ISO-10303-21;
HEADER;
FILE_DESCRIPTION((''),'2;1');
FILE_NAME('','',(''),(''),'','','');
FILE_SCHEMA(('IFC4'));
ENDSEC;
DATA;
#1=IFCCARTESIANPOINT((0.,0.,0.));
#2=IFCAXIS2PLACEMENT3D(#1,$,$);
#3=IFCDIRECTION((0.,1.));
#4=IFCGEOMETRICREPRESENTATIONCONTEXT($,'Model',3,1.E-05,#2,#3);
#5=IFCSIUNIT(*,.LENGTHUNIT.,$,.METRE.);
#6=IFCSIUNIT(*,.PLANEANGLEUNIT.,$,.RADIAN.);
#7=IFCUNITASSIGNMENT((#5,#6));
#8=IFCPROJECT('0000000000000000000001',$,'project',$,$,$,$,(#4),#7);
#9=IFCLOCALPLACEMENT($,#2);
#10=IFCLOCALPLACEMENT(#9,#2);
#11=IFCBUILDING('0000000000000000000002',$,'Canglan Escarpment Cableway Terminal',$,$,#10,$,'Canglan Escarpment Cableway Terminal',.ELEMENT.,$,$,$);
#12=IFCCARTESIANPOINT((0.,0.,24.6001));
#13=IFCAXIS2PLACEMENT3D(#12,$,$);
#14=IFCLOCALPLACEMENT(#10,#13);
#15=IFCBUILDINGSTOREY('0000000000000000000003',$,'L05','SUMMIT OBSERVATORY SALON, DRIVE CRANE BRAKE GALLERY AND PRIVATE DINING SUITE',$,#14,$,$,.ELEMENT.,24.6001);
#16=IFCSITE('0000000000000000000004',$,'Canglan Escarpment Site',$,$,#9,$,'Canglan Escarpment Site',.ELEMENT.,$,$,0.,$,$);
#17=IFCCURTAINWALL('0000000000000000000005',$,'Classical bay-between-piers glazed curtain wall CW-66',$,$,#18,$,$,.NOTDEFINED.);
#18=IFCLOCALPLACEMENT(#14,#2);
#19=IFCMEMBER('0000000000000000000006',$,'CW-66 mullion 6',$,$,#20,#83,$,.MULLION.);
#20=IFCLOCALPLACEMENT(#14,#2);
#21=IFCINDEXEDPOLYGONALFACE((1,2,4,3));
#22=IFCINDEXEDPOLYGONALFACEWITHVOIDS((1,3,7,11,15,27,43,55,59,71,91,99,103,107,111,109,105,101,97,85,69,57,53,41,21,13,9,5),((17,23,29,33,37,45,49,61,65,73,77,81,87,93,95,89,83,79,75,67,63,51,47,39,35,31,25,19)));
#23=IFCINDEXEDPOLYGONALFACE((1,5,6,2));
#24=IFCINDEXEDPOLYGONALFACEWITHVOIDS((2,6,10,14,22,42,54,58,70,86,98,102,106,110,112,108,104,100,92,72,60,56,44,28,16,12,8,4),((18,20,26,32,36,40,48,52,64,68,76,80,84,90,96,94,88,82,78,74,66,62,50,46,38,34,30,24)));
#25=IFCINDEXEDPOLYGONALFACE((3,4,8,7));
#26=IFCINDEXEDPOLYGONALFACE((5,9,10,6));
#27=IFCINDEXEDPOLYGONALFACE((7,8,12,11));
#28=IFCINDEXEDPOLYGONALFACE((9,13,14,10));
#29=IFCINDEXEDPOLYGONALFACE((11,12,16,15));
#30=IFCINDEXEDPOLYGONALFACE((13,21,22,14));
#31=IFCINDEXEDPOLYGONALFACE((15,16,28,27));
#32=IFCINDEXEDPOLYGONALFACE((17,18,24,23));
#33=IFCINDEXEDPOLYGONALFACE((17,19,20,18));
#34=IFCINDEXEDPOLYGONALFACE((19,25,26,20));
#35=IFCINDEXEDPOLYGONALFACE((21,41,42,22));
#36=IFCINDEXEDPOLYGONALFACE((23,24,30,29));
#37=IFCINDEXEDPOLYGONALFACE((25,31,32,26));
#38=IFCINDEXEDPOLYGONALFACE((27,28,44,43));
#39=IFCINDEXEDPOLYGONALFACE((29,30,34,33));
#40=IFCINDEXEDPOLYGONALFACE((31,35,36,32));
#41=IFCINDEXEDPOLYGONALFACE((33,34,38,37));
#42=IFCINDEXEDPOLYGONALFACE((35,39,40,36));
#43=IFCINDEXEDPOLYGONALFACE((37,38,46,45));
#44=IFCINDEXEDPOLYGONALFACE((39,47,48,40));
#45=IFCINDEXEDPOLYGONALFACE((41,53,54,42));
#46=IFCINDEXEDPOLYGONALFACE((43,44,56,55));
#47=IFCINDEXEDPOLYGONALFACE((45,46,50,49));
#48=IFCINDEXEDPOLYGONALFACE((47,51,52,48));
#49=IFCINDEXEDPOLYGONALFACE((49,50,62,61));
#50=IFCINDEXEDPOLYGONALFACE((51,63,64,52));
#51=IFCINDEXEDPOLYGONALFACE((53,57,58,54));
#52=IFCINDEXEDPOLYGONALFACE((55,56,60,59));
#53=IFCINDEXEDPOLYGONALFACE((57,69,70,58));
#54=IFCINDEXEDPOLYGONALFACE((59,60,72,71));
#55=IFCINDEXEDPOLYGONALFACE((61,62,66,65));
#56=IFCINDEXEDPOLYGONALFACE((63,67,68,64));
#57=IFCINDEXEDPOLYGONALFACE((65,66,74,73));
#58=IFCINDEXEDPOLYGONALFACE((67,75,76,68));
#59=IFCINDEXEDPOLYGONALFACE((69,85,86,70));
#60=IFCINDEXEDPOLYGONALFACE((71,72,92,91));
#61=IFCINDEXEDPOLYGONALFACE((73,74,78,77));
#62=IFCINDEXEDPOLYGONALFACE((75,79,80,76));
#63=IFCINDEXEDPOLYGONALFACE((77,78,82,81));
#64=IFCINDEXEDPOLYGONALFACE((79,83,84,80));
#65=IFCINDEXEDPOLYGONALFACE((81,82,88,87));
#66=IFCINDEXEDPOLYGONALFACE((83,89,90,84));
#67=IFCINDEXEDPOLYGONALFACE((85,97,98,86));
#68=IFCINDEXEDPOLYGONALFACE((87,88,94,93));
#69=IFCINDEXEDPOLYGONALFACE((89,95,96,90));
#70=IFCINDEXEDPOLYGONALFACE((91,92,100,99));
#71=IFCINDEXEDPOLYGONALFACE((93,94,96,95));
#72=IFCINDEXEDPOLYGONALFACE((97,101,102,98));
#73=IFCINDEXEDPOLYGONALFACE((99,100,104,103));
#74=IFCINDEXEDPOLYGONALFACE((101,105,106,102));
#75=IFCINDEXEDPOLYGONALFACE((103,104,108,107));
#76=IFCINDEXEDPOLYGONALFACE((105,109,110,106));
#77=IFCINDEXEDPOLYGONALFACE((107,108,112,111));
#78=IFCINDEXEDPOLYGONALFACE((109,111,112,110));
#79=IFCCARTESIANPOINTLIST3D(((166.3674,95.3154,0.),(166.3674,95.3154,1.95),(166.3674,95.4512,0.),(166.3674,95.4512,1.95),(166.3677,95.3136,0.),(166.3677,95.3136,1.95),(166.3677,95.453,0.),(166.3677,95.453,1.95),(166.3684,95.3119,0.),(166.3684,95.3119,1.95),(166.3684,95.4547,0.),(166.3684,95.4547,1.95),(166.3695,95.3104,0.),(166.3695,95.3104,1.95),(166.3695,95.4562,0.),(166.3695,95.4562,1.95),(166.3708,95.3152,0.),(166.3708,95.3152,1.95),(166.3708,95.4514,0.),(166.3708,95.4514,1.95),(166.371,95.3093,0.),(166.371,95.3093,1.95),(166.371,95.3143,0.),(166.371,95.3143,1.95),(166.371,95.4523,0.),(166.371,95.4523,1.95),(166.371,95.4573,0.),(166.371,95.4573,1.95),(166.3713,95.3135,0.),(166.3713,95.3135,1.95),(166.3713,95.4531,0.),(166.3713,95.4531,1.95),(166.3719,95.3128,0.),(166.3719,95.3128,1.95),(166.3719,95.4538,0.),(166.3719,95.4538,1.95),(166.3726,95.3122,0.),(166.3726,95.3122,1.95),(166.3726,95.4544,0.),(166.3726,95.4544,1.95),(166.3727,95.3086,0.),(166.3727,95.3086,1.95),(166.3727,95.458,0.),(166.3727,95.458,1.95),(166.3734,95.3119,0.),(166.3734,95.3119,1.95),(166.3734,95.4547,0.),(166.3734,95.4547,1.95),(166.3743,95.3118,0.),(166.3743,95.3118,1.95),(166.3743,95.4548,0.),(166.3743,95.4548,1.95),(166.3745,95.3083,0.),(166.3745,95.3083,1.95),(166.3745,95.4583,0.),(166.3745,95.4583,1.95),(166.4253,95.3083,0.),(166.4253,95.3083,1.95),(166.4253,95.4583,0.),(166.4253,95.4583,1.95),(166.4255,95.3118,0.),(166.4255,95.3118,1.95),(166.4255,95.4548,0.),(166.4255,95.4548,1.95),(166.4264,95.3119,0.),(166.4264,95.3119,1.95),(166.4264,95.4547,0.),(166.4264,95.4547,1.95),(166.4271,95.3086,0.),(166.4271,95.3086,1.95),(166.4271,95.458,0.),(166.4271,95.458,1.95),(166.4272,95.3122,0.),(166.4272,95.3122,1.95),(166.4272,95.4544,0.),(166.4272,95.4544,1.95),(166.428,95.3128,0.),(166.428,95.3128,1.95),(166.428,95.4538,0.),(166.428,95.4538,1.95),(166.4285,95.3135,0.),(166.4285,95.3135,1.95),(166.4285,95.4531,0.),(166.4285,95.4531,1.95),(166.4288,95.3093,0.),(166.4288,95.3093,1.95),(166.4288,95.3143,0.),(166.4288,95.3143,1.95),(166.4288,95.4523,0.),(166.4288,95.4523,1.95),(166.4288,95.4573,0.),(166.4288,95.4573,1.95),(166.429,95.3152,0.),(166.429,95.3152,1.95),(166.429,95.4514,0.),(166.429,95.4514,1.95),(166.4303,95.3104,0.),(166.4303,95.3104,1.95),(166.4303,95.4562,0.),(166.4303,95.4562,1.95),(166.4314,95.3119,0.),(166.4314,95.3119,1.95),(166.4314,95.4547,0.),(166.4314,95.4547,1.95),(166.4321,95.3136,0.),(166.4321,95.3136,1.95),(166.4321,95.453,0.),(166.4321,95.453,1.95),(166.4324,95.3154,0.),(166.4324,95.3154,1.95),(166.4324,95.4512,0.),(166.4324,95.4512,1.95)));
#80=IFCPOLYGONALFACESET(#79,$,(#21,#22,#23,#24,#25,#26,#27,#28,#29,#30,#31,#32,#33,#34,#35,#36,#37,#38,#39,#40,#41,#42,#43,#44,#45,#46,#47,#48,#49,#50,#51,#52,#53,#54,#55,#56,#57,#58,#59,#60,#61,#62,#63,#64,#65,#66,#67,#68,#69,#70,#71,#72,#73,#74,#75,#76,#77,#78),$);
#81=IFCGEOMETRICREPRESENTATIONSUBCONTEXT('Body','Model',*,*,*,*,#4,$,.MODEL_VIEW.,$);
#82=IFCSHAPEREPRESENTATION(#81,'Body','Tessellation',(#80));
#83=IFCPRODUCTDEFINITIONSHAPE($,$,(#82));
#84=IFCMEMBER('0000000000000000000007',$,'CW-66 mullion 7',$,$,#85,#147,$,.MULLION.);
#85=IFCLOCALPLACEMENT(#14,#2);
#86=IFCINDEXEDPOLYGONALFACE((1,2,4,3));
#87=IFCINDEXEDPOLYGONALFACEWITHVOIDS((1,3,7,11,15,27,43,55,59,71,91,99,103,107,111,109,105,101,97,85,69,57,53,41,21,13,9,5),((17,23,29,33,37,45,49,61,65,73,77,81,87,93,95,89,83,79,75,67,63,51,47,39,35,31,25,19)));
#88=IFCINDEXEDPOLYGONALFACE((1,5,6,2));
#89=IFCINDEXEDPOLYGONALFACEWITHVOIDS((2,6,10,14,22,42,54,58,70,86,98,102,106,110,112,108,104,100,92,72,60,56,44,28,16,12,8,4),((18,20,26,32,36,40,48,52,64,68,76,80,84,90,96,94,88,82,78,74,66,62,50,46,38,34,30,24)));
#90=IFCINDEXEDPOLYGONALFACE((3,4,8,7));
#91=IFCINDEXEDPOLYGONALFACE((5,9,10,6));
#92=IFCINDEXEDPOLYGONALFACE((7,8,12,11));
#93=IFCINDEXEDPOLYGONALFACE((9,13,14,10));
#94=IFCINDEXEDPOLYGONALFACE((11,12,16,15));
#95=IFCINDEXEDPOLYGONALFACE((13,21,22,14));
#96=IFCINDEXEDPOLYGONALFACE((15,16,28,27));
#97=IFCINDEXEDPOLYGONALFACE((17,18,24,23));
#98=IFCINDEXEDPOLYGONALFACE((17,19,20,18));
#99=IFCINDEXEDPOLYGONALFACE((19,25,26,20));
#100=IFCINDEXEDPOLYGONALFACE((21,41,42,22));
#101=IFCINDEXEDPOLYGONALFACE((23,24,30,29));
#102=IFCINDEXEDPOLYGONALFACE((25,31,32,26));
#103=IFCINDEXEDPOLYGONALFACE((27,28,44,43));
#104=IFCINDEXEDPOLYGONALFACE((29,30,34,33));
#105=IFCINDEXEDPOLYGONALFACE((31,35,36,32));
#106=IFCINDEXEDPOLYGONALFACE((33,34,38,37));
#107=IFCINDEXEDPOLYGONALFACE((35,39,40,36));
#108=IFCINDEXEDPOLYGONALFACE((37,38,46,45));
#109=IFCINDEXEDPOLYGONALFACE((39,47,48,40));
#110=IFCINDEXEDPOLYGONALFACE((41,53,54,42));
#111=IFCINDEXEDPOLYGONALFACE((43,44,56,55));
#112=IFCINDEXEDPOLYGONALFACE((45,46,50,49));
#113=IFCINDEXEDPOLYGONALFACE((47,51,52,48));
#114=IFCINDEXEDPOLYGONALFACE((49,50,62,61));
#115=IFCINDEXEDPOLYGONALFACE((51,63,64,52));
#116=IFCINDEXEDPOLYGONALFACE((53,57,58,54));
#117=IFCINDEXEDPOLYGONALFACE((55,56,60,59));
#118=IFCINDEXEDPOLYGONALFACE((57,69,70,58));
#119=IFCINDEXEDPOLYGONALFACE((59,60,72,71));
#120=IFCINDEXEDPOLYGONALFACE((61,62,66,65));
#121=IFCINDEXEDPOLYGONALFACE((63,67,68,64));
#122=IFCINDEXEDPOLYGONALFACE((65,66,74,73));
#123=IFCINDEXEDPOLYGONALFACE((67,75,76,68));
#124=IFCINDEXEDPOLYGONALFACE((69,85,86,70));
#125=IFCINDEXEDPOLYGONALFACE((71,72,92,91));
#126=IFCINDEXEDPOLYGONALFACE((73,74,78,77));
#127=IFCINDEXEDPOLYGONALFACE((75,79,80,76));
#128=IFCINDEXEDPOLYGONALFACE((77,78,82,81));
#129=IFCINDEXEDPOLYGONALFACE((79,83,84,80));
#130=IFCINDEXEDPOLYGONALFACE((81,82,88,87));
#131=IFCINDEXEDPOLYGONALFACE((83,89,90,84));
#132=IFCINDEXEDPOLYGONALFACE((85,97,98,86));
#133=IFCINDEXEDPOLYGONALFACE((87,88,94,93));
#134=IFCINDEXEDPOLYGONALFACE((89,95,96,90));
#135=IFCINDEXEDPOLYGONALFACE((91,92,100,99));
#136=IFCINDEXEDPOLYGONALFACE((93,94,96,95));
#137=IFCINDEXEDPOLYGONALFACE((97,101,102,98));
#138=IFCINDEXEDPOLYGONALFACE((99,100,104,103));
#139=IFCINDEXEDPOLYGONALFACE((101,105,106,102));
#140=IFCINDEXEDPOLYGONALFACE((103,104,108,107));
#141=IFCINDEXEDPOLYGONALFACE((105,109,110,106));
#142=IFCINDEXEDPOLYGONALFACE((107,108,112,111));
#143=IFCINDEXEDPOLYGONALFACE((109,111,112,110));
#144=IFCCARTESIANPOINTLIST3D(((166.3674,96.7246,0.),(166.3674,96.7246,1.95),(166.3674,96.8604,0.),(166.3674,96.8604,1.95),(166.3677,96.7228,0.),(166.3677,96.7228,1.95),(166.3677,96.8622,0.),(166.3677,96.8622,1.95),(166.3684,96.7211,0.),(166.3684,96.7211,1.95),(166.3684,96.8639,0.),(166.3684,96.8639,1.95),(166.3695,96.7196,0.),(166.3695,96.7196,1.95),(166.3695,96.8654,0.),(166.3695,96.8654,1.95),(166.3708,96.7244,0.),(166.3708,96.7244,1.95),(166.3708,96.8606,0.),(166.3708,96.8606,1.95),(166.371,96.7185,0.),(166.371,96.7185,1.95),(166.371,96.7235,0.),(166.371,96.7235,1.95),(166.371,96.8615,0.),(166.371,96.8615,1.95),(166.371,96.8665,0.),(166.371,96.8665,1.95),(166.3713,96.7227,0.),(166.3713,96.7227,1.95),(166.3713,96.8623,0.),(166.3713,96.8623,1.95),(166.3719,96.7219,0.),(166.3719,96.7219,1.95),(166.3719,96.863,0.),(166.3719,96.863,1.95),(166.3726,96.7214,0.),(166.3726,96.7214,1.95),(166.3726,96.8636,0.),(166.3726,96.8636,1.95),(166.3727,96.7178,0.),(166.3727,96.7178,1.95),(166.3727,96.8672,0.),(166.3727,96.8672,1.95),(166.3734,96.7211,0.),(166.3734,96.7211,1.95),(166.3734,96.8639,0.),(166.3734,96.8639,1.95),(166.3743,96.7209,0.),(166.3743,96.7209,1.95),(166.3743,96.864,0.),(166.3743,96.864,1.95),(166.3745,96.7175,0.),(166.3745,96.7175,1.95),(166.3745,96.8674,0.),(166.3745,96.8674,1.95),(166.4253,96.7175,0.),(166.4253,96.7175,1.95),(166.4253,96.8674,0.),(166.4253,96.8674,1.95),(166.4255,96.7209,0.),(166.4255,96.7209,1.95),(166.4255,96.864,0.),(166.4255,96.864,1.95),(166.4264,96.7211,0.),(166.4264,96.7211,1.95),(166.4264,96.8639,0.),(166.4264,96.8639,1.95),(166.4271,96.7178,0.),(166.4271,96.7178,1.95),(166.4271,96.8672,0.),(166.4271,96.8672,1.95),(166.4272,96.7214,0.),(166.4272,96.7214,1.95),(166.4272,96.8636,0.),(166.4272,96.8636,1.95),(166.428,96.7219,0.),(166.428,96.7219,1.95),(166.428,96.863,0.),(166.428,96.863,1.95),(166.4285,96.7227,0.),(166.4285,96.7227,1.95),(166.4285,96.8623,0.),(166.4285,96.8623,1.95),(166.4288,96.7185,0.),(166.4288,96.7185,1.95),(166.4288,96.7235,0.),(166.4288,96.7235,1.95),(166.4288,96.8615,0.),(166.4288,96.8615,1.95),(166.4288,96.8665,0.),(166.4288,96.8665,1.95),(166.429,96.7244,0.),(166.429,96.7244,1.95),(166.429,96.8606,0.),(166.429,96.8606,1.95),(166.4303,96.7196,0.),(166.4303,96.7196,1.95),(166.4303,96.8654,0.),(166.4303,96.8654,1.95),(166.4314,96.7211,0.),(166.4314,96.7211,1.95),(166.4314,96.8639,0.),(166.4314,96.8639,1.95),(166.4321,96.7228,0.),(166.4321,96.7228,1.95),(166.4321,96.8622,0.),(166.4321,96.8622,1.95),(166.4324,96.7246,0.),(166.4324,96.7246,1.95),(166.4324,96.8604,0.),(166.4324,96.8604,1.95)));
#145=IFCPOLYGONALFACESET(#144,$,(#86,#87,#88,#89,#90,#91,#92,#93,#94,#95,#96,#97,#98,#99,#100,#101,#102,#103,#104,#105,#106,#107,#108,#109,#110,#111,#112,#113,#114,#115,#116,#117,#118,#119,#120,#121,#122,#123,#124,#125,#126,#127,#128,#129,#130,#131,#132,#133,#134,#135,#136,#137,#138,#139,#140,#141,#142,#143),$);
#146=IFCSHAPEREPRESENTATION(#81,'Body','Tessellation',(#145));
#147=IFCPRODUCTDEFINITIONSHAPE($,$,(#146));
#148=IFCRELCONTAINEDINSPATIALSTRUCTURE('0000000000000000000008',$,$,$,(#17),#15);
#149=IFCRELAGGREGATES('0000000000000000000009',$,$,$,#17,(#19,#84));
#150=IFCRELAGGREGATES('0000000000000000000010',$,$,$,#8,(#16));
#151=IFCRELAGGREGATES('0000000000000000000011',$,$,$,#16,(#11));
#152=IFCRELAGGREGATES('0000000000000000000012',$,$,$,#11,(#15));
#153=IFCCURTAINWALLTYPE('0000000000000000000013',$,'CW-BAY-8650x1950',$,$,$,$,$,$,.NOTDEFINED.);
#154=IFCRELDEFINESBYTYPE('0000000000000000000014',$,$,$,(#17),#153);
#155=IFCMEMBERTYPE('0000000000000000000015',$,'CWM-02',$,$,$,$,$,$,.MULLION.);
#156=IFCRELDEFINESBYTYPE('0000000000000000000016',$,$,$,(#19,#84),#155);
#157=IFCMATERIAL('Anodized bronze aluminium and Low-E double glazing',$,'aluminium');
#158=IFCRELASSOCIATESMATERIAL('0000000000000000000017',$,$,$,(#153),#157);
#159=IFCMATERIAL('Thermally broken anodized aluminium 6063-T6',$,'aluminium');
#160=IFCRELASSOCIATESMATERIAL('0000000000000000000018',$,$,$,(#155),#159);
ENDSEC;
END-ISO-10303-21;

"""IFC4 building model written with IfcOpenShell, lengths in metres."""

from ifc_helpers import new_model, si_unit, direction, frame, origin, origin_2d, place, context, subcontext, project, spatial, hollow_rectangle, extrude, material, material_profile, profile_set, type_object, element, aggregate, save


model = new_model("IFC4")

# Units and contexts
model_context = context("Model", 3, precision=1e-05, world=origin(), true_north=direction((0.0, 1.0)))
body_context = subcontext(model_context, "Body", "Model", "MODEL_VIEW")
ifc_project = project(units=[si_unit("LENGTHUNIT", "METRE"), si_unit("PLANEANGLEUNIT", "RADIAN")], contexts=[model_context])

# Site, building, storey
site_placement = place(None, origin())
site = spatial("IfcSite", under=ifc_project, at=site_placement, Name="Canglan Escarpment Site", LongName="Canglan Escarpment Site", CompositionType="ELEMENT", RefElevation=0.0)
building_placement = place(site_placement, origin())
building = spatial("IfcBuilding", under=site, at=building_placement, Name="Canglan Escarpment Cableway Terminal", LongName="Canglan Escarpment Cableway Terminal", CompositionType="ELEMENT")
storey_placement = place(building_placement, frame((0.0, 0.0, 24.6001)))
storey = spatial("IfcBuildingStorey", under=building, at=storey_placement, Name="L05", Description="SUMMIT OBSERVATORY SALON, DRIVE CRANE BRAKE GALLERY AND PRIVATE DINING SUITE", CompositionType="ELEMENT", Elevation=24.6001)

# Curtain wall, members
ifc_material_1 = material(Name="Anodized bronze aluminium and Low-E double glazing", Category="aluminium")
curtain_wall_type = type_object("IfcCurtainWallType", Name="CW-BAY-8650x1950", PredefinedType="NOTDEFINED", material=ifc_material_1)
curtain_wall_1_placement = place(storey_placement, origin())
curtain_wall_1 = element("IfcCurtainWall", 1, at=curtain_wall_1_placement, inside=storey, type_object=curtain_wall_type, Name="Classical bay-between-piers glazed curtain wall CW-66", PredefinedType="NOTDEFINED")
ifc_material_2 = material(Name="Thermally broken anodized aluminium 6063-T6", Category="aluminium")
ifc_material_profile_1 = material_profile(ifc_material_2, hollow_rectangle(XDim=0.0649, YDim=0.1499, WallThickness=0.0034, InnerFilletRadius=0.0034, OuterFilletRadius=0.0071, at=origin_2d()), Name="ALU-MULL 65x150x3.5")
ifc_profile_set_1 = profile_set([ifc_material_profile_1], Name="Thermally broken anodized aluminium 6063-T6")
member_type_1 = type_object("IfcMemberType", Name="CWM-02", PredefinedType="MULLION", material=ifc_profile_set_1)
member_1_placement = place(storey_placement, frame((166.3999, 95.3833, 0.0), z_axis=(0.0, 0.0, 1.0), x_axis=(-1.0, 0.0, 0.0)))
member_1 = element("IfcMember", 2, at=member_1_placement, type_object=member_type_1, Name="CW-66 mullion 6", PredefinedType="MULLION", context=body_context, shape_type="SweptSolid", body=[
    extrude(hollow_rectangle(XDim=0.0649, YDim=0.1499, WallThickness=0.0034, InnerFilletRadius=0.0034, OuterFilletRadius=0.0071, at=origin_2d()), origin(), (0.0, 0.0, 1.0), 1.95),
])
member_2_placement = place(storey_placement, frame((166.3999, 96.7925, 0.0), z_axis=(0.0, 0.0, 1.0), x_axis=(-1.0, 0.0, 0.0)))
member_2 = element("IfcMember", 3, at=member_2_placement, type_object=member_type_1, Name="CW-66 mullion 7", PredefinedType="MULLION", context=body_context, shape_type="SweptSolid", body=[
    extrude(hollow_rectangle(XDim=0.0649, YDim=0.1499, WallThickness=0.0034, InnerFilletRadius=0.0034, OuterFilletRadius=0.0071, at=origin_2d()), origin(), (0.0, 0.0, 1.0), 1.95),
])

aggregate(curtain_wall_1, [member_1, member_2])

save(model, "model.ifc")
